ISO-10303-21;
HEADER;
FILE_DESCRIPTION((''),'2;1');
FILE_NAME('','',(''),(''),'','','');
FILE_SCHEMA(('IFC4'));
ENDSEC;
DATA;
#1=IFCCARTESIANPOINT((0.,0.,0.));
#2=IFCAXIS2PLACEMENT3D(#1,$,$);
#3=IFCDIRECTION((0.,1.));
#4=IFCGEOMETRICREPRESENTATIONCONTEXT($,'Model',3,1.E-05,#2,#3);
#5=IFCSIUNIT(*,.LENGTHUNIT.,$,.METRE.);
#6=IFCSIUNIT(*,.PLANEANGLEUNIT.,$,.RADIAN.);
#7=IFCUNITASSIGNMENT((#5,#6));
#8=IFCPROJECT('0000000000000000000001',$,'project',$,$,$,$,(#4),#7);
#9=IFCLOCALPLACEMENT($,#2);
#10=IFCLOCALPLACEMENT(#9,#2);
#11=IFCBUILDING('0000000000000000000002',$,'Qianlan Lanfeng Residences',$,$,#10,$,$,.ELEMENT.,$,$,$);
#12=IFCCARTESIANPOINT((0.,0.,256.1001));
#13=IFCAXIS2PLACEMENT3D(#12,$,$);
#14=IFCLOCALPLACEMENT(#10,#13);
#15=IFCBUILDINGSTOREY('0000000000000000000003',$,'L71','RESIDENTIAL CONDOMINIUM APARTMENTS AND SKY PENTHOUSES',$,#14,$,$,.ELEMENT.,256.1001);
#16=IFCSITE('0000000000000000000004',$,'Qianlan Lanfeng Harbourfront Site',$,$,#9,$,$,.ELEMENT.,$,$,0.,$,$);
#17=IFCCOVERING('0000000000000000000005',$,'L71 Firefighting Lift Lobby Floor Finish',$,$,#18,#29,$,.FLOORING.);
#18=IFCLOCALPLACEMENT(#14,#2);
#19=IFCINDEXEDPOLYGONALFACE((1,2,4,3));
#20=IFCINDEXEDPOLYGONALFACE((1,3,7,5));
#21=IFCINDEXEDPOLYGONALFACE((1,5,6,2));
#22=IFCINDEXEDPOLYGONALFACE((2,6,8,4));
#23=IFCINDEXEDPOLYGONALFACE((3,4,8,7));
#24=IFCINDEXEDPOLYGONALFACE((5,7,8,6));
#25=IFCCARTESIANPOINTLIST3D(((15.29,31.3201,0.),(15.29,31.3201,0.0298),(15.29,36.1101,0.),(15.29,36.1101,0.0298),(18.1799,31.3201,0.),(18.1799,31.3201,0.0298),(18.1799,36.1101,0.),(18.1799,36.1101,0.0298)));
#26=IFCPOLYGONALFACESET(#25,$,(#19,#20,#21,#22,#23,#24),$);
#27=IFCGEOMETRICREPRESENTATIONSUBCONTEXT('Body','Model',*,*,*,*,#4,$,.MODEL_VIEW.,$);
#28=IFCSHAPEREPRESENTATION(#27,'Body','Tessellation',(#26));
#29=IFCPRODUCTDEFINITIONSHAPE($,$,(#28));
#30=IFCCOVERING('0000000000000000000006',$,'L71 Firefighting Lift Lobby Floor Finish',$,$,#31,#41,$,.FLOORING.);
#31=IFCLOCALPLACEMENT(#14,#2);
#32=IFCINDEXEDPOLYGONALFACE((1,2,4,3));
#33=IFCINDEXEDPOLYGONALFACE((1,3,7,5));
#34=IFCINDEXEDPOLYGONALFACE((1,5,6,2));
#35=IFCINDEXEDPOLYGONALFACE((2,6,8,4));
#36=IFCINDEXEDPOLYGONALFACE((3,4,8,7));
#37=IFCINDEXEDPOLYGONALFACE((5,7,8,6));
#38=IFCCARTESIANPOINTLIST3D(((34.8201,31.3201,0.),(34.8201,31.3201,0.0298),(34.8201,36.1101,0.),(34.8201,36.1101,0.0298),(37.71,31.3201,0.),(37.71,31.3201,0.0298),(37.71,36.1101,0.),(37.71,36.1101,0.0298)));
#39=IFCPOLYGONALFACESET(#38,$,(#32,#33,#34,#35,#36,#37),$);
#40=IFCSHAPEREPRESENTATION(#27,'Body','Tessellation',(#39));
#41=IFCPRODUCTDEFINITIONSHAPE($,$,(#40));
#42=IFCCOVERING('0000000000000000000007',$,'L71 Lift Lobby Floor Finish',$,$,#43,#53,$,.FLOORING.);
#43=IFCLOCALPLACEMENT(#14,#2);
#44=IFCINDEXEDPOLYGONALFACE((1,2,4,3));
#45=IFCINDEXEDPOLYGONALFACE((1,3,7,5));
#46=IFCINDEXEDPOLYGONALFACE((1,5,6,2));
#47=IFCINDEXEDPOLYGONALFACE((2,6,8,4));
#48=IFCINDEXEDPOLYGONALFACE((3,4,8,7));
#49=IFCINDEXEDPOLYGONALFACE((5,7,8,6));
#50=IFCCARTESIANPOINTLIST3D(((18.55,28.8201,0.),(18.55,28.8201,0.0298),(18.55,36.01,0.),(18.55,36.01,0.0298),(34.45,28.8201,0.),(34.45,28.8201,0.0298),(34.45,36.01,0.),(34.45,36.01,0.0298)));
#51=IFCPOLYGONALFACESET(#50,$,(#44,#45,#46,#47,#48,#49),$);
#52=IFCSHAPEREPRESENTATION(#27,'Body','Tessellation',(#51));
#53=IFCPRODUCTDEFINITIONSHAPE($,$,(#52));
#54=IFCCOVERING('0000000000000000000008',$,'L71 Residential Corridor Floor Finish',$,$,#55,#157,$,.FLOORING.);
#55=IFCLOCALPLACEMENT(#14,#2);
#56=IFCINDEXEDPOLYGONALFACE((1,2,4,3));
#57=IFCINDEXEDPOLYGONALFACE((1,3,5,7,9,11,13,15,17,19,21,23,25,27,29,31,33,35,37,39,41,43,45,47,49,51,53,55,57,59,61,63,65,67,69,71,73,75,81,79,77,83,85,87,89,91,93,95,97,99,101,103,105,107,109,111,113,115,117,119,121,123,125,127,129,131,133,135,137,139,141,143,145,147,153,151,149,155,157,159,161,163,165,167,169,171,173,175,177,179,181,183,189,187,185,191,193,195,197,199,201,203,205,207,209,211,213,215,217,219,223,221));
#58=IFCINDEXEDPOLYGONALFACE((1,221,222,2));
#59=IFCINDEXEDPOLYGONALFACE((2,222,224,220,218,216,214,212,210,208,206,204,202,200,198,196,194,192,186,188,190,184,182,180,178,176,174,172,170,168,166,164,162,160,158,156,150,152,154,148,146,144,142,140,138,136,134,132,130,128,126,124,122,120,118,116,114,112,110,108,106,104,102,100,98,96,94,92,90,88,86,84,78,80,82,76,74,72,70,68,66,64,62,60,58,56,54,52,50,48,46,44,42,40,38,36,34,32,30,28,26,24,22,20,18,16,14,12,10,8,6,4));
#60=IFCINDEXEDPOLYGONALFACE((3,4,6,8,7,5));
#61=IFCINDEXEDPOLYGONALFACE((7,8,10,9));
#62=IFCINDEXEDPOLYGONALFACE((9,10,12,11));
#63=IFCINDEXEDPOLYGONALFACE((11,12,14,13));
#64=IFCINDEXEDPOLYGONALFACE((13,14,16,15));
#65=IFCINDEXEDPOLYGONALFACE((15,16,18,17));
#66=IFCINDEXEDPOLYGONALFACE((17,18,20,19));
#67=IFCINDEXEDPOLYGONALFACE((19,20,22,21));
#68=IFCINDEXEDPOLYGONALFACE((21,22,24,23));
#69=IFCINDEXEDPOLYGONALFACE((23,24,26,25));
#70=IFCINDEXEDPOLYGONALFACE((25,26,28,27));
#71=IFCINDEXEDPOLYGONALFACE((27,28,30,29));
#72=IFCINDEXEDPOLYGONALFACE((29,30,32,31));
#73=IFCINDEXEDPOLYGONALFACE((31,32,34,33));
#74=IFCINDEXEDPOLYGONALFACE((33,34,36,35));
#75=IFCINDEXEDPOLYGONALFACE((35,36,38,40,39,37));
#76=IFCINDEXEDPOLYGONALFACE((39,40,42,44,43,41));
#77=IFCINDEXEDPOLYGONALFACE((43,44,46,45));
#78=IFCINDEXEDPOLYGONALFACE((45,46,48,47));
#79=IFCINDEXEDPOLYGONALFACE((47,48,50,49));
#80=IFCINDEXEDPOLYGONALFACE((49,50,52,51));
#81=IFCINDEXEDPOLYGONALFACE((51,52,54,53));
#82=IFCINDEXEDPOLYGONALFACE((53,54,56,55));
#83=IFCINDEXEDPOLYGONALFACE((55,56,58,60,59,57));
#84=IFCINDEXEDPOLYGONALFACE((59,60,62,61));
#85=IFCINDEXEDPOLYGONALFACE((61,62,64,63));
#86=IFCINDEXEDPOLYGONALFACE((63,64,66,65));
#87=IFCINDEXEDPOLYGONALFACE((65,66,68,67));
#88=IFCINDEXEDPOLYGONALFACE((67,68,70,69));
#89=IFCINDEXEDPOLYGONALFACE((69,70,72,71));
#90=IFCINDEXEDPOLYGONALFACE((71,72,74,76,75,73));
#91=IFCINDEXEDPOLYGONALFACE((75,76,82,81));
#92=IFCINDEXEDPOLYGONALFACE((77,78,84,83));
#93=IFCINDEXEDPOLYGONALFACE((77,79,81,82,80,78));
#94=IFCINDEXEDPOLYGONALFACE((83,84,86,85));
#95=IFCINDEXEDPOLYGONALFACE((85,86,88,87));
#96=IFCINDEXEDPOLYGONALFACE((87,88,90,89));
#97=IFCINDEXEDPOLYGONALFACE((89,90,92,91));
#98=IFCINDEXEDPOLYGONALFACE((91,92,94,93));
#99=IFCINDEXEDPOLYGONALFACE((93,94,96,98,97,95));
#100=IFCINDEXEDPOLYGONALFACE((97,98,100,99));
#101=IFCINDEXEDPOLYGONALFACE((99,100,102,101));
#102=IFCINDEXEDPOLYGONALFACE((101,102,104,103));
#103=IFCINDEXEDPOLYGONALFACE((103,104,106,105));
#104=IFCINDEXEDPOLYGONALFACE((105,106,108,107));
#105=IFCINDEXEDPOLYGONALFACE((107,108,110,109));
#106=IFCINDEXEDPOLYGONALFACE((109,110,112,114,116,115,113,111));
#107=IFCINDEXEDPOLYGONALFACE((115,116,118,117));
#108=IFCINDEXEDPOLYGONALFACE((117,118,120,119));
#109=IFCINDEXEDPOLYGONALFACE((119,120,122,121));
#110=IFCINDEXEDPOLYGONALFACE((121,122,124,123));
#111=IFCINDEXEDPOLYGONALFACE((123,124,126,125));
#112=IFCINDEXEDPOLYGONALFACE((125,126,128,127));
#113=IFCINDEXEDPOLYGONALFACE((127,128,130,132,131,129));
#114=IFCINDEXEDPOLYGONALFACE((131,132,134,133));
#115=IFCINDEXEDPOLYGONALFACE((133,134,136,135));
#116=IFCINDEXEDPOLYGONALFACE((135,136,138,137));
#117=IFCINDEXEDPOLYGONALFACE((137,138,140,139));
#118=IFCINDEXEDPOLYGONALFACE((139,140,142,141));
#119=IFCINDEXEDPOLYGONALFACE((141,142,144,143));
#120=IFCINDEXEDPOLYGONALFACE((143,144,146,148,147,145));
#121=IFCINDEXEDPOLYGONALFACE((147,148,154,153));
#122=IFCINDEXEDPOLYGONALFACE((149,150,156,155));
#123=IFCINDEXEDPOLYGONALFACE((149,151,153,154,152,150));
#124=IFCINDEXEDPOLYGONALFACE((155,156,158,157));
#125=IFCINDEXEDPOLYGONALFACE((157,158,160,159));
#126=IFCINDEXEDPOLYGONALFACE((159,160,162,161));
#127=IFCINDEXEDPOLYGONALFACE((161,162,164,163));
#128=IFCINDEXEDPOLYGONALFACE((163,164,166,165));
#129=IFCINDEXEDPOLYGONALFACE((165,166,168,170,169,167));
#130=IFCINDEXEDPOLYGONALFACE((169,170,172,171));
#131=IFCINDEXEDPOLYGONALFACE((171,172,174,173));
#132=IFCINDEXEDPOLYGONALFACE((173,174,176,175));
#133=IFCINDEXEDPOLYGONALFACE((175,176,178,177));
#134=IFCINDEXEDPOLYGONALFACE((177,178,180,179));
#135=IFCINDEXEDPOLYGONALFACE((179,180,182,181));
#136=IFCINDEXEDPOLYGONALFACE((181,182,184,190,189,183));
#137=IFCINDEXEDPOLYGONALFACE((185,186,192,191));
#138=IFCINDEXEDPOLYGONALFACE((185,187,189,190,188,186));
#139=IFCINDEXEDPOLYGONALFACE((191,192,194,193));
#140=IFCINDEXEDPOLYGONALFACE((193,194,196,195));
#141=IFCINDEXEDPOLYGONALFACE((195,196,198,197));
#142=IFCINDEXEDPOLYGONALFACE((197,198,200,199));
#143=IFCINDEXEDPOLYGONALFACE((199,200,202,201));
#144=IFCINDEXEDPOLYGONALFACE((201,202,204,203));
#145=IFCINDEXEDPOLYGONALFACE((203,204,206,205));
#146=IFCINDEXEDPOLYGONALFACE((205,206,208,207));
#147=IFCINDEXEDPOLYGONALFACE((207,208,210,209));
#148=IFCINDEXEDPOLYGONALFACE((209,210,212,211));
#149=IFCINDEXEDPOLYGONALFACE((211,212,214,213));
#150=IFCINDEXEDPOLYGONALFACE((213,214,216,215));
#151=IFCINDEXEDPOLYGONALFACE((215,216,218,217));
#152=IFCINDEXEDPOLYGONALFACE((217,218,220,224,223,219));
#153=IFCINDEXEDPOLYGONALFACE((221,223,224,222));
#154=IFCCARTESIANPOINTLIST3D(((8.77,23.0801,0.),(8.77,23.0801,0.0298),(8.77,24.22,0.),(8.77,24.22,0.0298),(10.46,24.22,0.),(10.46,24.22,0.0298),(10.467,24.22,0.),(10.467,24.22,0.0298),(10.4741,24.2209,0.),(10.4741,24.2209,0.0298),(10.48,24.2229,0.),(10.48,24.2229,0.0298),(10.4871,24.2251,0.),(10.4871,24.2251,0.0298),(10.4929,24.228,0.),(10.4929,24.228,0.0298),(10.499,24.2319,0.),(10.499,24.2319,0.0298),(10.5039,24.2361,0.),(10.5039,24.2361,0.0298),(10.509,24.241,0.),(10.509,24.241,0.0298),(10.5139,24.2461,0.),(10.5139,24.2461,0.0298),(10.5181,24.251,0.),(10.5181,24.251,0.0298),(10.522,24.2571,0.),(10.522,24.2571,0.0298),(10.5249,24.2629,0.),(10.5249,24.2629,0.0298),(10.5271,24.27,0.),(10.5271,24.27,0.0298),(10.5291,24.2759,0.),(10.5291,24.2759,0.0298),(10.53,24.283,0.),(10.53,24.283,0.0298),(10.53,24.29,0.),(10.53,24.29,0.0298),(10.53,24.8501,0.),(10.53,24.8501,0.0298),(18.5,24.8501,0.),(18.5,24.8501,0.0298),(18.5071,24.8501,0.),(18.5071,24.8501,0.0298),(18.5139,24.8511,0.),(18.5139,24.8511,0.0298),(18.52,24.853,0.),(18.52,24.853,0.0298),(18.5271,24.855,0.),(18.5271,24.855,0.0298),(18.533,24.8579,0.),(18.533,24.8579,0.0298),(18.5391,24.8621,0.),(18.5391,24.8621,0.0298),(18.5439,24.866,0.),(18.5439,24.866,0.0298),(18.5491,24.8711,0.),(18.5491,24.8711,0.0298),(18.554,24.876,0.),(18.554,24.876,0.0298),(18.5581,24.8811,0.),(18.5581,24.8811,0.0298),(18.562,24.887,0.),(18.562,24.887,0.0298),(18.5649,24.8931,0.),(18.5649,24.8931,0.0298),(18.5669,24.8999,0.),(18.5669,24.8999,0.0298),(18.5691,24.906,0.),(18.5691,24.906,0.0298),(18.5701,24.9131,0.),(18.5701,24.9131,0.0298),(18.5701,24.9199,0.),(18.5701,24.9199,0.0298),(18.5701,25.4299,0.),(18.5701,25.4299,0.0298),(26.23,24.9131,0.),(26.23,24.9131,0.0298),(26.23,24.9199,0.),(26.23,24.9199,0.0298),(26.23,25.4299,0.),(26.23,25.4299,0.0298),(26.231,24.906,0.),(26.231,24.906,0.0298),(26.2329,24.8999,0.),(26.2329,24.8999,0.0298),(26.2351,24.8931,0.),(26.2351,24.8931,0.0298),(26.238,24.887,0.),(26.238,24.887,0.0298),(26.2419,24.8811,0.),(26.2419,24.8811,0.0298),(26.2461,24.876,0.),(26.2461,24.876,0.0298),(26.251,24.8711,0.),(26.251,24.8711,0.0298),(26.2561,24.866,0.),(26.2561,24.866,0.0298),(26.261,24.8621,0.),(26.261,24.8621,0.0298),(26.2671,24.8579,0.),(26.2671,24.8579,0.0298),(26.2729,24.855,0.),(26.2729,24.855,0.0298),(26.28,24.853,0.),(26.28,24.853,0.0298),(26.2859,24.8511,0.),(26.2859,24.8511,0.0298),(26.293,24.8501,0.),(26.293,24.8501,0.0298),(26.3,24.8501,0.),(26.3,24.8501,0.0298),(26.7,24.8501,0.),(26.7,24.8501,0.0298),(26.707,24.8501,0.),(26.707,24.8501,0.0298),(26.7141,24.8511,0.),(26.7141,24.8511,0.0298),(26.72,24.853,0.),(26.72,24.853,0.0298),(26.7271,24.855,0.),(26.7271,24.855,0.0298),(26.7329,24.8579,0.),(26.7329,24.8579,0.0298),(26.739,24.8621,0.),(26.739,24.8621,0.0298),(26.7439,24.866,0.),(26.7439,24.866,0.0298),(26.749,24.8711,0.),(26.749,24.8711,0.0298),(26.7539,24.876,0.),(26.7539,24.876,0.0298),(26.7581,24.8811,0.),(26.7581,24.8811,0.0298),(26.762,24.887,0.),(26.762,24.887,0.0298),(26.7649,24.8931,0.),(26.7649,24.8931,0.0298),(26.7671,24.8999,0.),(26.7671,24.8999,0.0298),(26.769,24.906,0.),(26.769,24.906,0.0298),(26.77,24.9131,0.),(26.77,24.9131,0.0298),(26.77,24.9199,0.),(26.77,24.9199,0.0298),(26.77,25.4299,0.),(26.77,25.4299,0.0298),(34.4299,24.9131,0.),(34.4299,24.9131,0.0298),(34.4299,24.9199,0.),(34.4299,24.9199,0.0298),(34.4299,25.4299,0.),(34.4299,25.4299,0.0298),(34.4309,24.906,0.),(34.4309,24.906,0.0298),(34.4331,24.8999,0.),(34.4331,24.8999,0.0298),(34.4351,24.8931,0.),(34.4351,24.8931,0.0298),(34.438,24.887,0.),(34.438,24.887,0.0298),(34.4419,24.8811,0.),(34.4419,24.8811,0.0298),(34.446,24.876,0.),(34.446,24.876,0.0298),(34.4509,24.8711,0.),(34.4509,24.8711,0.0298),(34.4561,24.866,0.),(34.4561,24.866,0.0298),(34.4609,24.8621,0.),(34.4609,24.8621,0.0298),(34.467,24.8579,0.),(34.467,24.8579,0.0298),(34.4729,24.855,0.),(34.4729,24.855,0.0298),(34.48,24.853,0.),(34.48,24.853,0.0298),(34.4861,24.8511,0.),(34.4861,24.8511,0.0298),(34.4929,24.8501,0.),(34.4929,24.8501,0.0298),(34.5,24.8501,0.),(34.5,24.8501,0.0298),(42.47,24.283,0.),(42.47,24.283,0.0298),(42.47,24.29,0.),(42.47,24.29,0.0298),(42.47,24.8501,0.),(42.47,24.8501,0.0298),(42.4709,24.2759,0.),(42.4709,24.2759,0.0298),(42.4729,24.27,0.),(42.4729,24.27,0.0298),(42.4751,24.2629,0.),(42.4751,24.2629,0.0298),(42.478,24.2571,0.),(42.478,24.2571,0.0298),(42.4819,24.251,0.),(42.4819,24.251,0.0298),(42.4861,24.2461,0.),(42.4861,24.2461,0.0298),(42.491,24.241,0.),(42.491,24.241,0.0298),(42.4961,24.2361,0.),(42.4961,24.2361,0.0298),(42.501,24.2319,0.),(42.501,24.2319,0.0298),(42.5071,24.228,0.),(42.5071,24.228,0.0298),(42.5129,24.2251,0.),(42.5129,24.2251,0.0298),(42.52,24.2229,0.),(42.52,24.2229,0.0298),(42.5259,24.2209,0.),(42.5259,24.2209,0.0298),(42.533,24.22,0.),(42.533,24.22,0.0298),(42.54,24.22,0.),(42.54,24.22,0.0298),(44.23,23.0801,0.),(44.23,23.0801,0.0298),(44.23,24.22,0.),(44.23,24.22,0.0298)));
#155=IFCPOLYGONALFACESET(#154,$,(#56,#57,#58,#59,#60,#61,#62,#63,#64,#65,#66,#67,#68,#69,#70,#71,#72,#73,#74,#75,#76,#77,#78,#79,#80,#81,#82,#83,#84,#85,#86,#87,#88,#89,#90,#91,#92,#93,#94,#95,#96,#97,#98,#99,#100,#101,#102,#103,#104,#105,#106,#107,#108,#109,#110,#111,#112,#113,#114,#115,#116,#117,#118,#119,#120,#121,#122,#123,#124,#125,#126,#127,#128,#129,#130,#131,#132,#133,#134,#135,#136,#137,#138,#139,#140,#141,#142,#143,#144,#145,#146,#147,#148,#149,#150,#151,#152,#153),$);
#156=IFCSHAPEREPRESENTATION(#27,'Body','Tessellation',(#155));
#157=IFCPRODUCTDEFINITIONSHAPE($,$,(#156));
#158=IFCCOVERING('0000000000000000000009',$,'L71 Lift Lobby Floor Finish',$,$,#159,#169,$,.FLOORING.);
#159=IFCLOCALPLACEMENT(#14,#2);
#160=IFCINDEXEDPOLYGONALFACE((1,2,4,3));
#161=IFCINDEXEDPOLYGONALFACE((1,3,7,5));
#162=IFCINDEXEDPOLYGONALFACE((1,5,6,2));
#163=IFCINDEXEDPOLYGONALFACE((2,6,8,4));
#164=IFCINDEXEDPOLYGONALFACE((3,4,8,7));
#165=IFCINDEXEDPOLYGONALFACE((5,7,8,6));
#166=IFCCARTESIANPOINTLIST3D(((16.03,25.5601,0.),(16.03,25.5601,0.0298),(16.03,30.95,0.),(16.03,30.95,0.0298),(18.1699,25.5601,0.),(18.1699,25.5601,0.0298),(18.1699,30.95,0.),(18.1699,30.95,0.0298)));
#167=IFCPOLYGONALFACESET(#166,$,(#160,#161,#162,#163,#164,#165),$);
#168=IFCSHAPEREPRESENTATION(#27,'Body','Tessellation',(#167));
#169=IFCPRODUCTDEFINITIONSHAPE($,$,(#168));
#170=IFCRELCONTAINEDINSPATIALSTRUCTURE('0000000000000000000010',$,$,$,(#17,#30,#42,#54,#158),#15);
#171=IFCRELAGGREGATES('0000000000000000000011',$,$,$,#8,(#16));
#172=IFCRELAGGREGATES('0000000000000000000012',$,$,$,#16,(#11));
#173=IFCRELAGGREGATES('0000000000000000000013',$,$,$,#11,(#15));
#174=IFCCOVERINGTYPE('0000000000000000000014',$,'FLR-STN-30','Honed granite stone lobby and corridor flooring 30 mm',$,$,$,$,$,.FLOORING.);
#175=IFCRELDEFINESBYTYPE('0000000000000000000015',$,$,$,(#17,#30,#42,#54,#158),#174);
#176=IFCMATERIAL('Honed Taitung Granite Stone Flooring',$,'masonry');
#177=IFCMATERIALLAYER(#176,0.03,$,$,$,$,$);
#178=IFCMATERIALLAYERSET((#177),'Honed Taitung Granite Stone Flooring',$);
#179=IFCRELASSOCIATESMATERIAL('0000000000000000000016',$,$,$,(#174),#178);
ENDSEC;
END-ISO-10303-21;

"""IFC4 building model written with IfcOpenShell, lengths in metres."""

from ifc_helpers import new_model, si_unit, direction, frame, origin, place, context, subcontext, project, spatial, polyline, outline, extrude, material, layer, layer_set, type_object, element, save


model = new_model("IFC4")

# Units and contexts
model_context = context("Model", 3, precision=1e-05, world=origin(), true_north=direction((0.0, 1.0)))
body_context = subcontext(model_context, "Body", "Model", "MODEL_VIEW")
ifc_project = project(units=[si_unit("LENGTHUNIT", "METRE"), si_unit("PLANEANGLEUNIT", "RADIAN")], contexts=[model_context])

# Site, building, storey
site_placement = place(None, origin())
site = spatial("IfcSite", under=ifc_project, at=site_placement, Name="Qianlan Lanfeng Harbourfront Site", CompositionType="ELEMENT", RefElevation=0.0)
building_placement = place(site_placement, origin())
building = spatial("IfcBuilding", under=site, at=building_placement, Name="Qianlan Lanfeng Residences", CompositionType="ELEMENT")
storey_placement = place(building_placement, frame((0.0, 0.0, 256.1001)))
storey = spatial("IfcBuildingStorey", under=building, at=storey_placement, Name="L71", Description="RESIDENTIAL CONDOMINIUM APARTMENTS AND SKY PENTHOUSES", CompositionType="ELEMENT", Elevation=256.1001)

# Coverings
ifc_material_1 = material(Name="Honed Taitung Granite Stone Flooring", Category="masonry")
ifc_layer_1 = layer(ifc_material_1, 0.03)
ifc_layer_set_1 = layer_set([ifc_layer_1], Name="Honed Taitung Granite Stone Flooring")
covering_type_1 = type_object("IfcCoveringType", Name="FLR-STN-30", Description="Honed granite stone lobby and corridor flooring 30 mm", PredefinedType="FLOORING", material=ifc_layer_set_1)
covering_1_placement = place(storey_placement, origin())
element("IfcCovering", 1, at=covering_1_placement, inside=storey, type_object=covering_type_1, Name="L71 Firefighting Lift Lobby Floor Finish", PredefinedType="FLOORING", context=body_context, shape_type="SweptSolid", body=[
    extrude(outline(polyline([(15.29, 31.3201), (18.1799, 31.3201), (18.1799, 36.1101), (15.29, 36.1101), (15.29, 31.3201)])), origin(), (0.0, 0.0, 1.0), 0.0298),
])
covering_2_placement = place(storey_placement, origin())
element("IfcCovering", 2, at=covering_2_placement, inside=storey, type_object=covering_type_1, Name="L71 Firefighting Lift Lobby Floor Finish", PredefinedType="FLOORING", context=body_context, shape_type="SweptSolid", body=[
    extrude(outline(polyline([(34.8201, 31.3201), (37.71, 31.3201), (37.71, 36.1101), (34.8201, 36.1101), (34.8201, 31.3201)])), origin(), (0.0, 0.0, 1.0), 0.0298),
])
covering_3_placement = place(storey_placement, origin())
element("IfcCovering", 3, at=covering_3_placement, inside=storey, type_object=covering_type_1, Name="L71 Lift Lobby Floor Finish", PredefinedType="FLOORING", context=body_context, shape_type="SweptSolid", body=[
    extrude(outline(polyline([(18.55, 28.8201), (34.45, 28.8201), (34.45, 36.01), (18.55, 36.01), (18.55, 28.8201)])), origin(), (0.0, 0.0, 1.0), 0.0298),
])
covering_4_placement = place(storey_placement, origin())
element("IfcCovering", 4, at=covering_4_placement, inside=storey, type_object=covering_type_1, Name="L71 Residential Corridor Floor Finish", PredefinedType="FLOORING", context=body_context, shape_type="SweptSolid", body=[
    extrude(outline(polyline([(8.77, 23.0801), (44.23, 23.0801), (44.23, 24.22), (42.54, 24.22), (42.533, 24.22), (42.5259, 24.2209), (42.52, 24.2229), (42.5129, 24.2251), (42.5071, 24.228), (42.501, 24.2319), (42.4961, 24.2361), (42.491, 24.241), (42.4861, 24.2461), (42.4819, 24.251), (42.478, 24.2571), (42.4751, 24.2629), (42.4729, 24.27), (42.4709, 24.2759), (42.47, 24.283), (42.47, 24.29), (42.47, 24.8501), (34.5, 24.8501), (34.4929, 24.8501), (34.4861, 24.8511), (34.48, 24.853), (34.4729, 24.855), (34.467, 24.8579), (34.4609, 24.8621), (34.4561, 24.866), (34.4509, 24.8711), (34.446, 24.876), (34.4419, 24.8811), (34.438, 24.887), (34.4351, 24.8931), (34.4331, 24.8999), (34.4309, 24.906), (34.4299, 24.9131), (34.4299, 24.9199), (34.4299, 25.4299), (26.77, 25.4299), (26.77, 24.9199), (26.77, 24.9131), (26.769, 24.906), (26.7671, 24.8999), (26.7649, 24.8931), (26.762, 24.887), (26.7581, 24.8811), (26.7539, 24.876), (26.749, 24.8711), (26.7439, 24.866), (26.739, 24.8621), (26.7329, 24.8579), (26.7271, 24.855), (26.72, 24.853), (26.7141, 24.8511), (26.707, 24.8501), (26.7, 24.8501), (26.3, 24.8501), (26.293, 24.8501), (26.2859, 24.8511), (26.28, 24.853), (26.2729, 24.855), (26.2671, 24.8579), (26.261, 24.8621), (26.2561, 24.866), (26.251, 24.8711), (26.2461, 24.876), (26.2419, 24.8811), (26.238, 24.887), (26.2351, 24.8931), (26.2329, 24.8999), (26.231, 24.906), (26.23, 24.9131), (26.23, 24.9199), (26.23, 25.4299), (18.5701, 25.4299), (18.5701, 24.9199), (18.5701, 24.9131), (18.5691, 24.906), (18.5669, 24.8999), (18.5649, 24.8931), (18.562, 24.887), (18.5581, 24.8811), (18.554, 24.876), (18.5491, 24.8711), (18.5439, 24.866), (18.5391, 24.8621), (18.533, 24.8579), (18.5271, 24.855), (18.52, 24.853), (18.5139, 24.8511), (18.5071, 24.8501), (18.5, 24.8501), (10.53, 24.8501), (10.53, 24.29), (10.53, 24.283), (10.5291, 24.2759), (10.5271, 24.27), (10.5249, 24.2629), (10.522, 24.2571), (10.5181, 24.251), (10.5139, 24.2461), (10.509, 24.241), (10.5039, 24.2361), (10.499, 24.2319), (10.4929, 24.228), (10.4871, 24.2251), (10.48, 24.2229), (10.4741, 24.2209), (10.467, 24.22), (10.46, 24.22), (8.77, 24.22), (8.77, 23.0801)])), origin(), (0.0, 0.0, 1.0), 0.0298),
])
covering_5_placement = place(storey_placement, origin())
element("IfcCovering", 5, at=covering_5_placement, inside=storey, type_object=covering_type_1, Name="L71 Lift Lobby Floor Finish", PredefinedType="FLOORING", context=body_context, shape_type="SweptSolid", body=[
    extrude(outline(polyline([(16.03, 25.5601), (18.1699, 25.5601), (18.1699, 30.95), (16.03, 30.95), (16.03, 25.5601)])), origin(), (0.0, 0.0, 1.0), 0.0298),
])

save(model, "model.ifc")
